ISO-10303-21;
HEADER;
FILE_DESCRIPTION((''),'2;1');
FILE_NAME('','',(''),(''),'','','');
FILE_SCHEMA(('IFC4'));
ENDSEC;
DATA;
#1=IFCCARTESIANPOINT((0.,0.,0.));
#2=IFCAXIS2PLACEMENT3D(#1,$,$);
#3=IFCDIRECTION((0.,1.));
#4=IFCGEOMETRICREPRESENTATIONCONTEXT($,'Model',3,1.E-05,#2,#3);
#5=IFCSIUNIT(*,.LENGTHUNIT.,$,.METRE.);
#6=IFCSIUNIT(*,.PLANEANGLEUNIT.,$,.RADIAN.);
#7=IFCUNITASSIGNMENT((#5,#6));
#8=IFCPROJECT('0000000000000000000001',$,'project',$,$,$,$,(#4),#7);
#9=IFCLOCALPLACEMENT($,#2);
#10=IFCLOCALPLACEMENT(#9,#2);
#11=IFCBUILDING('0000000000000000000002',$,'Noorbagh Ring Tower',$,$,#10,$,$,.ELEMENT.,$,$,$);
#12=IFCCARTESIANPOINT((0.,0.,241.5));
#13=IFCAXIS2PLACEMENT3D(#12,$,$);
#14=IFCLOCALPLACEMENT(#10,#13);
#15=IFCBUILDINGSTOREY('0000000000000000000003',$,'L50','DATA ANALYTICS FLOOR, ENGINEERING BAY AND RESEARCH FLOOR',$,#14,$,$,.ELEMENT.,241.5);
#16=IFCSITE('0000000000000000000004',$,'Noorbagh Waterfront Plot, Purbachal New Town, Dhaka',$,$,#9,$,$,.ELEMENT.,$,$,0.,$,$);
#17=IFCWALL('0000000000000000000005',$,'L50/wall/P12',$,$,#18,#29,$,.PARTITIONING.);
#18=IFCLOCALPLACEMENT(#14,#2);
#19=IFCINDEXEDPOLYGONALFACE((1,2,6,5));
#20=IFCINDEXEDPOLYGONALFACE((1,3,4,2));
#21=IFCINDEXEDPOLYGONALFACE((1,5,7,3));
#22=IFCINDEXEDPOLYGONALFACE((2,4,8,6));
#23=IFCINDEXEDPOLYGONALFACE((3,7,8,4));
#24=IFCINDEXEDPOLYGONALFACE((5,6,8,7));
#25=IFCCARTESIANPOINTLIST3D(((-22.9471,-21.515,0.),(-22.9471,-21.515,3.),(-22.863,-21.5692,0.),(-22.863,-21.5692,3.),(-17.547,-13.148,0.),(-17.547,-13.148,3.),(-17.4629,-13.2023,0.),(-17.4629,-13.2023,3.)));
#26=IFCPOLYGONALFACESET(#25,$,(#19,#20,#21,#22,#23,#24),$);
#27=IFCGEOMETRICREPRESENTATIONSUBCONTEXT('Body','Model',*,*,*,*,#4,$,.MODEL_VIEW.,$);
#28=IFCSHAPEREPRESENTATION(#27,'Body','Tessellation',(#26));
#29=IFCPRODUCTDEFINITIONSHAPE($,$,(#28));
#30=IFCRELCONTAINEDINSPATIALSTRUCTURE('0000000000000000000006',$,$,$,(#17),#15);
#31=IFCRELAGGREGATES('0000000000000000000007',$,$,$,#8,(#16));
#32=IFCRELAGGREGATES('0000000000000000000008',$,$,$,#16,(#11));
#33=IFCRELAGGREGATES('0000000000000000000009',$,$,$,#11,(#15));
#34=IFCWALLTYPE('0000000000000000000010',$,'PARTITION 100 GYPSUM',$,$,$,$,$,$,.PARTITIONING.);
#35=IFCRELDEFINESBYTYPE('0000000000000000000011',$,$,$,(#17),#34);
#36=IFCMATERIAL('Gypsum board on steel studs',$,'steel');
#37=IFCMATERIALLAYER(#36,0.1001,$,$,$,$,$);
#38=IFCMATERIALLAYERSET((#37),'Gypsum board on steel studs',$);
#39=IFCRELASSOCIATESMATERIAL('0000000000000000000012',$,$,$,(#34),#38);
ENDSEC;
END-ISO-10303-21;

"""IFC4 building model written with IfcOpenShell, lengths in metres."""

from ifc_helpers import new_model, si_unit, direction, frame, frame_2d, origin, place, context, subcontext, project, spatial, rectangle, extrude, material, layer, layer_set, type_object, element, save


model = new_model("IFC4")

# Units and contexts
model_context = context("Model", 3, precision=1e-05, world=origin(), true_north=direction((0.0, 1.0)))
body_context = subcontext(model_context, "Body", "Model", "MODEL_VIEW")
ifc_project = project(units=[si_unit("LENGTHUNIT", "METRE"), si_unit("PLANEANGLEUNIT", "RADIAN")], contexts=[model_context])

# Site, building, storey
site_placement = place(None, origin())
site = spatial("IfcSite", under=ifc_project, at=site_placement, Name="Noorbagh Waterfront Plot, Purbachal New Town, Dhaka", CompositionType="ELEMENT", RefElevation=0.0)
building_placement = place(site_placement, origin())
building = spatial("IfcBuilding", under=site, at=building_placement, Name="Noorbagh Ring Tower", CompositionType="ELEMENT")
storey_placement = place(building_placement, frame((0.0, 0.0, 241.5)))
storey = spatial("IfcBuildingStorey", under=building, at=storey_placement, Name="L50", Description="DATA ANALYTICS FLOOR, ENGINEERING BAY AND RESEARCH FLOOR", CompositionType="ELEMENT", Elevation=241.5)

# Wall
ifc_material_1 = material(Name="Gypsum board on steel studs", Category="steel")
ifc_layer_1 = layer(ifc_material_1, 0.1001)
ifc_layer_set_1 = layer_set([ifc_layer_1], Name="Gypsum board on steel studs")
wall_type_1 = type_object("IfcWallType", Name="PARTITION 100 GYPSUM", PredefinedType="PARTITIONING", material=ifc_layer_set_1)
wall_1_placement = place(storey_placement, frame((-22.905, -21.542, 0.0), z_axis=(0.0, 0.0, 1.0), x_axis=(0.542277, 0.8402, 0.0)))
element("IfcWall", 1, at=wall_1_placement, inside=storey, type_object=wall_type_1, Name="L50/wall/P12", PredefinedType="PARTITIONING", context=body_context, shape_type="SweptSolid", body=[
    extrude(rectangle(XDim=9.9583, YDim=0.1001, at=frame_2d((4.979, 0.0))), origin(), (0.0, 0.0, 1.0), 3.0),
])

save(model, "model.ifc")
